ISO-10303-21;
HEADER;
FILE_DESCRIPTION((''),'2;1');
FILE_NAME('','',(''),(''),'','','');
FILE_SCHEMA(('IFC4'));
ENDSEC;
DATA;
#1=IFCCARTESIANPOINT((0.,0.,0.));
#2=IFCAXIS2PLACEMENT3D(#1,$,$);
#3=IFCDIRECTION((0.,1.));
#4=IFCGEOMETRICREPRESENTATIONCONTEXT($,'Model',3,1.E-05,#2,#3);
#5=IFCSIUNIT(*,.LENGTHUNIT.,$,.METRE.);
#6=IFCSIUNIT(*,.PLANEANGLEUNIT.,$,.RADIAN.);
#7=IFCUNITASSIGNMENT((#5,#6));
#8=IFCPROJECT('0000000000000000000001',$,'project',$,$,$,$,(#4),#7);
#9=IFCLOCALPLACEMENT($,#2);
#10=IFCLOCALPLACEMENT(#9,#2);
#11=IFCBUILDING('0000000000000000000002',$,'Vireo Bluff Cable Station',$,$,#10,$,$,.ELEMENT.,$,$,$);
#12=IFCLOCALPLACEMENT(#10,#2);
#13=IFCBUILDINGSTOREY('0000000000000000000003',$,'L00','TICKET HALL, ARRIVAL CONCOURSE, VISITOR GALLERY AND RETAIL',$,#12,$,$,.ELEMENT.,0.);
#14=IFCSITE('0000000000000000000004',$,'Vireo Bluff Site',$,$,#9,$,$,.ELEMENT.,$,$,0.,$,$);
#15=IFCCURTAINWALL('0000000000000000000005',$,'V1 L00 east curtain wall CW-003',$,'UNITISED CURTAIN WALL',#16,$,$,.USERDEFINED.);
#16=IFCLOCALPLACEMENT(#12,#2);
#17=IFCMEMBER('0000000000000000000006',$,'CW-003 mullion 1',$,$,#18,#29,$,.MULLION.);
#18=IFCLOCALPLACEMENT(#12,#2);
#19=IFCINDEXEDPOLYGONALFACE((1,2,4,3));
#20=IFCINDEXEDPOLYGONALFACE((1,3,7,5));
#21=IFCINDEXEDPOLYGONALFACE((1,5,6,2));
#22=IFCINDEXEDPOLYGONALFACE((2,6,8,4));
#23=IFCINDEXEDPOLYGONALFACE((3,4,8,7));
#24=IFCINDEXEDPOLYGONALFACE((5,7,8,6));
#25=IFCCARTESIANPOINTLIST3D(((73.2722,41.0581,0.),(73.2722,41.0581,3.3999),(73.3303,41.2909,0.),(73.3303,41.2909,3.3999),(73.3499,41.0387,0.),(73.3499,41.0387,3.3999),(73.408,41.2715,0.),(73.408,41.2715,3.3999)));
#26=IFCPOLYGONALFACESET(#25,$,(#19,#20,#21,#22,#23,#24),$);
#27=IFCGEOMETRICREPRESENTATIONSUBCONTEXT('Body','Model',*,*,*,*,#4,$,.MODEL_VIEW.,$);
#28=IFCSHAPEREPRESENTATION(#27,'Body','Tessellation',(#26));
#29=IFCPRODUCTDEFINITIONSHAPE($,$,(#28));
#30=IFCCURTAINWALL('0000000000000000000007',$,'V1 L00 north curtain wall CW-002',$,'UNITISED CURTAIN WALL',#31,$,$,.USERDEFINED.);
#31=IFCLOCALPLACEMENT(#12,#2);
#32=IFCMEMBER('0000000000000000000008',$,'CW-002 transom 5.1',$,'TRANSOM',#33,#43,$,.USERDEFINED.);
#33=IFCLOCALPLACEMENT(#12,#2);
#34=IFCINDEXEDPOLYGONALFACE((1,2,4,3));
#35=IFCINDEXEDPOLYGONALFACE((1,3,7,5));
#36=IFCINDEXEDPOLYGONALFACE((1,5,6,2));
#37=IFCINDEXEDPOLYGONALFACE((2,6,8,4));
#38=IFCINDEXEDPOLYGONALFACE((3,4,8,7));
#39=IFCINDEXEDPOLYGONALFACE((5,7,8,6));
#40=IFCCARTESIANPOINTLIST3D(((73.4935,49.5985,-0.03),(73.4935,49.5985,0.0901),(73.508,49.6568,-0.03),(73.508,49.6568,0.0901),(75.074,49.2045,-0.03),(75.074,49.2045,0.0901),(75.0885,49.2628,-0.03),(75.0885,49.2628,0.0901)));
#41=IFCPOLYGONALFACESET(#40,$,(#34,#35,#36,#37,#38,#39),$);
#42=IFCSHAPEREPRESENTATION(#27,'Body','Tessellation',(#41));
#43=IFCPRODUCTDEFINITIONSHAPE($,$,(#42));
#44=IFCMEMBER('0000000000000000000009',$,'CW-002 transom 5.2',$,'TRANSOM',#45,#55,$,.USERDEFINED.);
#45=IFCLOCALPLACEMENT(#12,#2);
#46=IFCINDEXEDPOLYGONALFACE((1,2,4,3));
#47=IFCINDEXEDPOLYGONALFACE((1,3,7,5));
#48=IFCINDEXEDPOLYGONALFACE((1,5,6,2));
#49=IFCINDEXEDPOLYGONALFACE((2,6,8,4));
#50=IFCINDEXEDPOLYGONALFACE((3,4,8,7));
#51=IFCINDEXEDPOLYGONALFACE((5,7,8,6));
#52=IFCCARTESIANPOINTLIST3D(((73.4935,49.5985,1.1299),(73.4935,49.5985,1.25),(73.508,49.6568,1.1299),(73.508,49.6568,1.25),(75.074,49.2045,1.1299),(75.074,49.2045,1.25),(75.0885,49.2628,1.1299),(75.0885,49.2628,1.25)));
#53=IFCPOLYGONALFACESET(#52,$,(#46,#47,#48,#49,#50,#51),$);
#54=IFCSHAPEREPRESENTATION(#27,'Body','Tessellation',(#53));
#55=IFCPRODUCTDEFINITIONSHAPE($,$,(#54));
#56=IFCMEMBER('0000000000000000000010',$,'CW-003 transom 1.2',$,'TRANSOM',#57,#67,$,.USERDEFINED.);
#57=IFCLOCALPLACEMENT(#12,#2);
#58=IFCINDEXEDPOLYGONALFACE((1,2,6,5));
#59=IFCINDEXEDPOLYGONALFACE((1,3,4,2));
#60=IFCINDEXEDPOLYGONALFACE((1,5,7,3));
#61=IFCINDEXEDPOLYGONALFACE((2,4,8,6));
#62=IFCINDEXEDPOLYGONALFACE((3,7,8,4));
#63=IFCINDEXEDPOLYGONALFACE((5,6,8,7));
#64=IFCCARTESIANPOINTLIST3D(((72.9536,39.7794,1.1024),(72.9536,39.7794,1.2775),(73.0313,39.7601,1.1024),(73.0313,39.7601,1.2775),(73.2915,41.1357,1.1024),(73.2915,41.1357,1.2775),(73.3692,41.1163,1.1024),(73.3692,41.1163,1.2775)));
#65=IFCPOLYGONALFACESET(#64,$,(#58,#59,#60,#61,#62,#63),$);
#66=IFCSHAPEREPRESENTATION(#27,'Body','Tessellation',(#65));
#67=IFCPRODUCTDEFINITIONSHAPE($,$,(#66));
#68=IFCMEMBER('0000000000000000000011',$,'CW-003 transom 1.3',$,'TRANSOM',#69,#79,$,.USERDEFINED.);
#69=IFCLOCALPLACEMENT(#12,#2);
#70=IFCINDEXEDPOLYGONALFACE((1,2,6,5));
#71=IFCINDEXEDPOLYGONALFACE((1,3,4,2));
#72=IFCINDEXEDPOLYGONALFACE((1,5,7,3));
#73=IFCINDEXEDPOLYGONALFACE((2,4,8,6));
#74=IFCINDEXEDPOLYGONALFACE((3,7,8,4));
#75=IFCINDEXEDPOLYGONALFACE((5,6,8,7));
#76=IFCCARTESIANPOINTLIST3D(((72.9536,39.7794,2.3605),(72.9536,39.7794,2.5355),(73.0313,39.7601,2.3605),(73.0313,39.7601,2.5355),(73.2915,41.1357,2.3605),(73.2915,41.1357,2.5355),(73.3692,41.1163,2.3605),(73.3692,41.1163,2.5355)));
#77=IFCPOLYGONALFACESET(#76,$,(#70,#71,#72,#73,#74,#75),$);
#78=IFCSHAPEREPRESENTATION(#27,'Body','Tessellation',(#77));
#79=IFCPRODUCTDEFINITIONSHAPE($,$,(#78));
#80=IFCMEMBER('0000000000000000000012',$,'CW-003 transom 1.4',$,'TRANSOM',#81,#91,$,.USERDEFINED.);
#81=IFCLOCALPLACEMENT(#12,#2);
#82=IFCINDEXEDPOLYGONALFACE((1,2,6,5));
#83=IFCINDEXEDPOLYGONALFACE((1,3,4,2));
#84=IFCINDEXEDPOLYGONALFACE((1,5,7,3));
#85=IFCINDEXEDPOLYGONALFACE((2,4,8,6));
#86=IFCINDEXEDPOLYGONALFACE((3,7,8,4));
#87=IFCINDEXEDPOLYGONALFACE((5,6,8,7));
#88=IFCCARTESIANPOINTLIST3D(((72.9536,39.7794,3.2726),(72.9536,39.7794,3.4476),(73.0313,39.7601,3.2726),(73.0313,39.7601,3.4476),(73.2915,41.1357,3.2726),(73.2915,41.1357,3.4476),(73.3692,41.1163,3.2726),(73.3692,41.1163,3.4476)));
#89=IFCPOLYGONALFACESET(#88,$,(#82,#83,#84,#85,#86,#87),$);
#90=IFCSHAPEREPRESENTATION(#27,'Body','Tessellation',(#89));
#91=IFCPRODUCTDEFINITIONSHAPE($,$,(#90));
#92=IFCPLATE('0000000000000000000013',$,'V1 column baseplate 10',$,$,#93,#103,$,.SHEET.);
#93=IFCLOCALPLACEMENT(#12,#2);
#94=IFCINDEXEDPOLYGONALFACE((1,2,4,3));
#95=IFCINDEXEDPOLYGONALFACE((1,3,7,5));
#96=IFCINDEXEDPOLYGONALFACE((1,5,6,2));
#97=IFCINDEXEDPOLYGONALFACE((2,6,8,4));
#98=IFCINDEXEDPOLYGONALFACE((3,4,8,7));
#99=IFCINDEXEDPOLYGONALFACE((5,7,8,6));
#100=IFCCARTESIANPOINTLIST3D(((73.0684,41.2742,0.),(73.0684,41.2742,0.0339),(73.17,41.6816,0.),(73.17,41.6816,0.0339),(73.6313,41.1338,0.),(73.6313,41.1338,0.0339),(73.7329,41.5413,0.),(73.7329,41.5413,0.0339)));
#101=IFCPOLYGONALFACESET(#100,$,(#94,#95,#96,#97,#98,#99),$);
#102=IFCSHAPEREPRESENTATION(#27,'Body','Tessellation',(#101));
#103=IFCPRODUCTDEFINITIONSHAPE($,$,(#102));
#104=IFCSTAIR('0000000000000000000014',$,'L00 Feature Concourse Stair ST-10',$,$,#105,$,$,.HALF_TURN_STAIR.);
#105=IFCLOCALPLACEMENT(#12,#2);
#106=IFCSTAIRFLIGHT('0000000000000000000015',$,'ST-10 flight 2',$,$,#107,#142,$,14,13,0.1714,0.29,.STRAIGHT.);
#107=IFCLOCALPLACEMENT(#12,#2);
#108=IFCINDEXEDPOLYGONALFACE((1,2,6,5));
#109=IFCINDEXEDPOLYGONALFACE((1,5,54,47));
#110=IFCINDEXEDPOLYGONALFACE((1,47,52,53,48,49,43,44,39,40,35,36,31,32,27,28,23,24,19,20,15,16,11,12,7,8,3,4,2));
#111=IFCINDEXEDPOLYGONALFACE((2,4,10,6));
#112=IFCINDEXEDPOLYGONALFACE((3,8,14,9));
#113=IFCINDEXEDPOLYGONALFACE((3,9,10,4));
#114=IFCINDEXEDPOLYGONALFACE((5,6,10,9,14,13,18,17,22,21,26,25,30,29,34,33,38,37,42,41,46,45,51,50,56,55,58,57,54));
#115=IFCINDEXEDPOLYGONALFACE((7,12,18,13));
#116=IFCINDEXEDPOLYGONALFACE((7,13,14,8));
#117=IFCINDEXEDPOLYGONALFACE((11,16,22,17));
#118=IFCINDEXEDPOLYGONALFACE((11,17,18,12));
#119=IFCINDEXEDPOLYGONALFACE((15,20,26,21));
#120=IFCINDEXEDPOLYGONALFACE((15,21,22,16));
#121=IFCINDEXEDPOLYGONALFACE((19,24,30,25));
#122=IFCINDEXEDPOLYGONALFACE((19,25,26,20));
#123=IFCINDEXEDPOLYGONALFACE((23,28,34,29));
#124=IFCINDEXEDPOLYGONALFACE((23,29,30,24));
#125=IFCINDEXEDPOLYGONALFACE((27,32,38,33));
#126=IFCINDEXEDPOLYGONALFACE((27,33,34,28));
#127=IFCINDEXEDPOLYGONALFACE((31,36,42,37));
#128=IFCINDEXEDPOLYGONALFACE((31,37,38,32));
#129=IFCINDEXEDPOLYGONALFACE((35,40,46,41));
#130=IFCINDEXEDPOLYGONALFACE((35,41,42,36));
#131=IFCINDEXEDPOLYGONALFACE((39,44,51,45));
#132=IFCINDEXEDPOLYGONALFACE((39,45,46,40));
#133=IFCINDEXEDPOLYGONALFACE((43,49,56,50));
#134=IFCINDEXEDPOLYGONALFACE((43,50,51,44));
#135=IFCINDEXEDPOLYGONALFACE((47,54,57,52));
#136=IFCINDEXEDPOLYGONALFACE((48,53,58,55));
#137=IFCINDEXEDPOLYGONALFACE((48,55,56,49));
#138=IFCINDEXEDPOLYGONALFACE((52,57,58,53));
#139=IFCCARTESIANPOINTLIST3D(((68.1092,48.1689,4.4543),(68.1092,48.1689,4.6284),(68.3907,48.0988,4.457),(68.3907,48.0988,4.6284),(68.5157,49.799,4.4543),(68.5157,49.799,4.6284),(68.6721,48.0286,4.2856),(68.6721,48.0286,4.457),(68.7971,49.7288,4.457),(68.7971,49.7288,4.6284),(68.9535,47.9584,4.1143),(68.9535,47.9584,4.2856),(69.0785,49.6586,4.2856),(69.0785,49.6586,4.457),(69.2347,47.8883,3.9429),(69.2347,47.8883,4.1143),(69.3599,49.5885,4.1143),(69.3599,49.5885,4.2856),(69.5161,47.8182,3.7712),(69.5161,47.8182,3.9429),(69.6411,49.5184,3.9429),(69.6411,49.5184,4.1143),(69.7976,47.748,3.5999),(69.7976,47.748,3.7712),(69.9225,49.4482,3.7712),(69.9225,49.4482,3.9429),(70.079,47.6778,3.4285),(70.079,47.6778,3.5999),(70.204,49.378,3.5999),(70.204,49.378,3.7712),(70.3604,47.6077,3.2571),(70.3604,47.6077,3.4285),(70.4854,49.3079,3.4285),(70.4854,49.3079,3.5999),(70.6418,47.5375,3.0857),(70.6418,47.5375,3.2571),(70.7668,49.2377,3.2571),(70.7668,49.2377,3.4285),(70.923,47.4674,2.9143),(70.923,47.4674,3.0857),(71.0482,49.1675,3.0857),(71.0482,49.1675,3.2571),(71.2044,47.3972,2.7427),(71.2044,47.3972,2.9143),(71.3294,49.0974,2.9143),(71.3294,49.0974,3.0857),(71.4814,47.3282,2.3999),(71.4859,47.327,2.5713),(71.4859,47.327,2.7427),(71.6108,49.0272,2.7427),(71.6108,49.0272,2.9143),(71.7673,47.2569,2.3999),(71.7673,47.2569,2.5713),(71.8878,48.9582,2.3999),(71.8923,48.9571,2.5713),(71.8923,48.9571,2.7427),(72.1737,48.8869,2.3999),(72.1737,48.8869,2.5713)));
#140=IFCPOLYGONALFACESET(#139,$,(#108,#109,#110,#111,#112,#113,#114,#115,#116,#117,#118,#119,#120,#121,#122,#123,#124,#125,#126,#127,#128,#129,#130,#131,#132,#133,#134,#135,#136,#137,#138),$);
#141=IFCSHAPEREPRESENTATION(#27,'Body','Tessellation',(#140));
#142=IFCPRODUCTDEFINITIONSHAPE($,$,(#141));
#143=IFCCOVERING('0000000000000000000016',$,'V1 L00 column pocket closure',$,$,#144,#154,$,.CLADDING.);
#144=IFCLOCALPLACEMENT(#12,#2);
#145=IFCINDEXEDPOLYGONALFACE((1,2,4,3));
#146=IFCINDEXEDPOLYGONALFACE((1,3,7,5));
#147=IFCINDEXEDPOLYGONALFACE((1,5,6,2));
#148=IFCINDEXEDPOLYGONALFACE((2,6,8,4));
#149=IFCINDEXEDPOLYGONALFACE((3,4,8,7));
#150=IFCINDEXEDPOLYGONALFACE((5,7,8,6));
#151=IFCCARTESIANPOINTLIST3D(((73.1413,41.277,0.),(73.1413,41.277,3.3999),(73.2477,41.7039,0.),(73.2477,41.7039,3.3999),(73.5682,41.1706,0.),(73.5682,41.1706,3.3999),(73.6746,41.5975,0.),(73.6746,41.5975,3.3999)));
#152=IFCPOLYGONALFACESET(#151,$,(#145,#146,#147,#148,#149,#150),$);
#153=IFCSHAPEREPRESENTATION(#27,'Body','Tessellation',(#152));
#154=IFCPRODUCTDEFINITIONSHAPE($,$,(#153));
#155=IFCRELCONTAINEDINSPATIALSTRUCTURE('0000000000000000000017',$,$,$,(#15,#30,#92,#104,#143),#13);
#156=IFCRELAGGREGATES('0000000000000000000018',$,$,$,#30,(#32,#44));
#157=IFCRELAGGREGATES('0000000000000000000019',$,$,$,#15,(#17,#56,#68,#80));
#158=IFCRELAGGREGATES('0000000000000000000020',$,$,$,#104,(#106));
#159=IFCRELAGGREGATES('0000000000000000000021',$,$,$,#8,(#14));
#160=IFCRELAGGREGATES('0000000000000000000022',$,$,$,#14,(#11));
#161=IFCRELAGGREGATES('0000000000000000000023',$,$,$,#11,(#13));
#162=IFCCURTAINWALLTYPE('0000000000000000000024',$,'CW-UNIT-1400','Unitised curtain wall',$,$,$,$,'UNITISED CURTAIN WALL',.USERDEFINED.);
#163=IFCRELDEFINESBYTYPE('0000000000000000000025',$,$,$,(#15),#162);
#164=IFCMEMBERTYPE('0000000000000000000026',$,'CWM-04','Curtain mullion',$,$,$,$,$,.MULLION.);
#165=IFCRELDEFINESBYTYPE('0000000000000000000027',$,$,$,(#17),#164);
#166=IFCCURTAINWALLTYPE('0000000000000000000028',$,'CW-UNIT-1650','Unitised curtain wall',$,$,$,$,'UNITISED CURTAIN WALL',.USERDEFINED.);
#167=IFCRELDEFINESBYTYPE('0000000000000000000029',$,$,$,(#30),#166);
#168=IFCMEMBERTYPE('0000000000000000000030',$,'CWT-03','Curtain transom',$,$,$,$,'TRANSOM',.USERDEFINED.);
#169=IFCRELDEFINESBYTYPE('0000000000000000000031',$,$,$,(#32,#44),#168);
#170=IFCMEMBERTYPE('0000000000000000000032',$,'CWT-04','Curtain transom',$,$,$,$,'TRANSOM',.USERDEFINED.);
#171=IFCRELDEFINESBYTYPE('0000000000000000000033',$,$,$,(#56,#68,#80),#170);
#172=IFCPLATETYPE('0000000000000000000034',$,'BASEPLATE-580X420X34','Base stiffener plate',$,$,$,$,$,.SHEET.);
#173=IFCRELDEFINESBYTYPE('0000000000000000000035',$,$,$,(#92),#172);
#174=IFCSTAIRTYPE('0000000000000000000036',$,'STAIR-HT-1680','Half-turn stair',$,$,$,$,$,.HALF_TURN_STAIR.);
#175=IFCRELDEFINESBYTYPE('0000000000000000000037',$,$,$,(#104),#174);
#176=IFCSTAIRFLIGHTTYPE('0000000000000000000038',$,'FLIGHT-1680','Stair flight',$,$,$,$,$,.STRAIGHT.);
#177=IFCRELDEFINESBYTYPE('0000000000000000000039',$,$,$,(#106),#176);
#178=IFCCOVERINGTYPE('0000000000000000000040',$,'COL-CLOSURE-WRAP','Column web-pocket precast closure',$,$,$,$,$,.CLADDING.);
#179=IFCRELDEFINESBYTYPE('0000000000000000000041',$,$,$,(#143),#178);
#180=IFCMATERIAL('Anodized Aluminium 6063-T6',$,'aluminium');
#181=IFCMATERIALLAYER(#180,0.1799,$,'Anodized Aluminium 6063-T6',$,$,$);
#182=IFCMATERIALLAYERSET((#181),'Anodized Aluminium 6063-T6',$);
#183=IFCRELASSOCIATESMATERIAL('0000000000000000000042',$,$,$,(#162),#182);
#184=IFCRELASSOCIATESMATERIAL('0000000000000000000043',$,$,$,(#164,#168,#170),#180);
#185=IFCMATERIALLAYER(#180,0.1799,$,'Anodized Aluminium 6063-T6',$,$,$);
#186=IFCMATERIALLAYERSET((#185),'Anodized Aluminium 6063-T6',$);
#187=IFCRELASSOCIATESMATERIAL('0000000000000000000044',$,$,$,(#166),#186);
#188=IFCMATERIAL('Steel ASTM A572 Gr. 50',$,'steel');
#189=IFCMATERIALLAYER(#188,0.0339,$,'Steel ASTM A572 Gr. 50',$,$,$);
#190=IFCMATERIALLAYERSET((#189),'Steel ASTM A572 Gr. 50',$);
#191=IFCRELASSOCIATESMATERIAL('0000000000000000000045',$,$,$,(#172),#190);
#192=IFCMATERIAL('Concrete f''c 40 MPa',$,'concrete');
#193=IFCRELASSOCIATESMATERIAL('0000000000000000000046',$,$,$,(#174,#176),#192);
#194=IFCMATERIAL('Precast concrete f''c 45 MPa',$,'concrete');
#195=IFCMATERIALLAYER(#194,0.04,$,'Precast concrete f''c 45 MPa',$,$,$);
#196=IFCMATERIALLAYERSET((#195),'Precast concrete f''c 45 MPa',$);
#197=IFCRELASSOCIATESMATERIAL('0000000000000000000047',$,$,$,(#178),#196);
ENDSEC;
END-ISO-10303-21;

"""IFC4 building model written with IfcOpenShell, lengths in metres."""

from ifc_helpers import new_model, si_unit, direction, frame, origin, origin_2d, place, context, subcontext, project, spatial, polyline, rectangle, outline, extrude, material, layer, layer_set, material_profile, profile_set, type_object, element, aggregate, save


model = new_model("IFC4")

# Units and contexts
model_context = context("Model", 3, precision=1e-05, world=origin(), true_north=direction((0.0, 1.0)))
body_context = subcontext(model_context, "Body", "Model", "MODEL_VIEW")
ifc_project = project(units=[si_unit("LENGTHUNIT", "METRE"), si_unit("PLANEANGLEUNIT", "RADIAN")], contexts=[model_context])

# Site, building, storey
site_placement = place(None, origin())
site = spatial("IfcSite", under=ifc_project, at=site_placement, Name="Vireo Bluff Site", CompositionType="ELEMENT", RefElevation=0.0)
building_placement = place(site_placement, origin())
building = spatial("IfcBuilding", under=site, at=building_placement, Name="Vireo Bluff Cable Station", CompositionType="ELEMENT")
storey_placement = place(building_placement, origin())
storey = spatial("IfcBuildingStorey", under=building, at=storey_placement, Name="L00", Description="TICKET HALL, ARRIVAL CONCOURSE, VISITOR GALLERY AND RETAIL", CompositionType="ELEMENT", Elevation=0.0)

# Shared definitions
ifc_material_1 = material(Name="Concrete f'c 40 MPa", Category="concrete")

# Curtain wall, member
ifc_material_2 = material(Name="Anodized Aluminium 6063-T6", Category="aluminium")
ifc_layer_1 = layer(ifc_material_2, 0.1799, Name="Anodized Aluminium 6063-T6")
ifc_layer_set_1 = layer_set([ifc_layer_1], Name="Anodized Aluminium 6063-T6")
curtain_wall_type_1 = type_object("IfcCurtainWallType", Name="CW-UNIT-1400", Description="Unitised curtain wall", ElementType="UNITISED CURTAIN WALL", PredefinedType="USERDEFINED", material=ifc_layer_set_1)
curtain_wall_1_placement = place(storey_placement, origin())
curtain_wall_1 = element("IfcCurtainWall", 1, at=curtain_wall_1_placement, inside=storey, type_object=curtain_wall_type_1, Name="V1 L00 east curtain wall CW-003", ObjectType="UNITISED CURTAIN WALL", PredefinedType="USERDEFINED")
ifc_material_profile_1 = material_profile(ifc_material_2, rectangle(XDim=0.0801, YDim=0.24, at=origin_2d()), Name="ALU-M-80X240")
ifc_profile_set_1 = profile_set([ifc_material_profile_1], Name="Anodized Aluminium 6063-T6")
member_type_1 = type_object("IfcMemberType", Name="CWM-04", Description="Curtain mullion", PredefinedType="MULLION", material=ifc_profile_set_1)
member_1_placement = place(storey_placement, frame((73.3401, 41.1648, 0.0), z_axis=(0.0, 0.0, 1.0), x_axis=(0.970296, -0.241922, 0.0)))
member_1 = element("IfcMember", 2, at=member_1_placement, type_object=member_type_1, Name="CW-003 mullion 1", PredefinedType="MULLION", context=body_context, shape_type="SweptSolid", body=[
    extrude(rectangle(XDim=0.0801, YDim=0.24, at=origin_2d()), origin(), (0.0, 0.0, 1.0), 3.3999),
])

# Curtain wall, members
ifc_layer_2 = layer(ifc_material_2, 0.1799, Name="Anodized Aluminium 6063-T6")
ifc_layer_set_2 = layer_set([ifc_layer_2], Name="Anodized Aluminium 6063-T6")
curtain_wall_type_2 = type_object("IfcCurtainWallType", Name="CW-UNIT-1650", Description="Unitised curtain wall", ElementType="UNITISED CURTAIN WALL", PredefinedType="USERDEFINED", material=ifc_layer_set_2)
curtain_wall_2_placement = place(storey_placement, origin())
curtain_wall_2 = element("IfcCurtainWall", 3, at=curtain_wall_2_placement, inside=storey, type_object=curtain_wall_type_2, Name="V1 L00 north curtain wall CW-002", ObjectType="UNITISED CURTAIN WALL", PredefinedType="USERDEFINED")
ifc_material_profile_2 = material_profile(ifc_material_2, rectangle(XDim=0.0601, YDim=0.1201, at=origin_2d()), Name="ALU-T-60X120")
ifc_profile_set_2 = profile_set([ifc_material_profile_2], Name="Anodized Aluminium 6063-T6")
member_type_2 = type_object("IfcMemberType", Name="CWT-03", Description="Curtain transom", ElementType="TRANSOM", PredefinedType="USERDEFINED", material=ifc_profile_set_2)
member_2_placement = place(storey_placement, frame((73.5007, 49.6277, 0.03), z_axis=(0.970301, -0.241901, 0.0), x_axis=(0.241901, 0.970301, 0.0)))
member_2 = element("IfcMember", 4, at=member_2_placement, type_object=member_type_2, Name="CW-002 transom 5.1", ObjectType="TRANSOM", PredefinedType="USERDEFINED", context=body_context, shape_type="SweptSolid", body=[
    extrude(rectangle(XDim=0.0601, YDim=0.1201, at=origin_2d()), origin(), (0.0, 0.0, 1.0), 1.6289),
])
member_3_placement = place(storey_placement, frame((73.5007, 49.6277, 1.1899), z_axis=(0.970301, -0.241901, 0.0), x_axis=(0.241901, 0.970301, 0.0)))
member_3 = element("IfcMember", 5, at=member_3_placement, type_object=member_type_2, Name="CW-002 transom 5.2", ObjectType="TRANSOM", PredefinedType="USERDEFINED", context=body_context, shape_type="SweptSolid", body=[
    extrude(rectangle(XDim=0.0601, YDim=0.1201, at=origin_2d()), origin(), (0.0, 0.0, 1.0), 1.6289),
])
aggregate(curtain_wall_2, [member_2, member_3])

# Members
ifc_material_profile_3 = material_profile(ifc_material_2, rectangle(XDim=0.0801, YDim=0.175, at=origin_2d()), Name="ALU-T-80X175")
ifc_profile_set_3 = profile_set([ifc_material_profile_3], Name="Anodized Aluminium 6063-T6")
member_type_3 = type_object("IfcMemberType", Name="CWT-04", Description="Curtain transom", ElementType="TRANSOM", PredefinedType="USERDEFINED", material=ifc_profile_set_3)
member_4_placement = place(storey_placement, frame((73.3303, 41.126, 1.1899), z_axis=(-0.241755, -0.970337, 0.0), x_axis=(0.970337, -0.241755, 0.0)))
member_4 = element("IfcMember", 6, at=member_4_placement, type_object=member_type_3, Name="CW-003 transom 1.2", ObjectType="TRANSOM", PredefinedType="USERDEFINED", context=body_context, shape_type="SweptSolid", body=[
    extrude(rectangle(XDim=0.0801, YDim=0.175, at=origin_2d()), origin(), (0.0, 0.0, 1.0), 1.3977),
])
member_5_placement = place(storey_placement, frame((73.3303, 41.126, 2.448), z_axis=(-0.241755, -0.970337, 0.0), x_axis=(0.970337, -0.241755, 0.0)))
member_5 = element("IfcMember", 7, at=member_5_placement, type_object=member_type_3, Name="CW-003 transom 1.3", ObjectType="TRANSOM", PredefinedType="USERDEFINED", context=body_context, shape_type="SweptSolid", body=[
    extrude(rectangle(XDim=0.0801, YDim=0.175, at=origin_2d()), origin(), (0.0, 0.0, 1.0), 1.3977),
])
member_6_placement = place(storey_placement, frame((73.3303, 41.126, 3.3601), z_axis=(-0.241755, -0.970337, 0.0), x_axis=(0.970337, -0.241755, 0.0)))
member_6 = element("IfcMember", 8, at=member_6_placement, type_object=member_type_3, Name="CW-003 transom 1.4", ObjectType="TRANSOM", PredefinedType="USERDEFINED", context=body_context, shape_type="SweptSolid", body=[
    extrude(rectangle(XDim=0.0801, YDim=0.175, at=origin_2d()), origin(), (0.0, 0.0, 1.0), 1.3977),
])
aggregate(curtain_wall_1, [member_1, member_4, member_5, member_6])

# Plate
ifc_material_3 = material(Name="Steel ASTM A572 Gr. 50", Category="steel")
ifc_layer_3 = layer(ifc_material_3, 0.0339, Name="Steel ASTM A572 Gr. 50")
ifc_layer_set_3 = layer_set([ifc_layer_3], Name="Steel ASTM A572 Gr. 50")
plate_type = type_object("IfcPlateType", Name="BASEPLATE-580X420X34", Description="Base stiffener plate", PredefinedType="SHEET", material=ifc_layer_set_3)
plate_placement = place(storey_placement, frame((73.4006, 41.4077, 0.0), z_axis=(0.0, 0.0, 1.0), x_axis=(0.970296, -0.241922, 0.0)))
element("IfcPlate", 9, at=plate_placement, inside=storey, type_object=plate_type, Name="V1 column baseplate 10", PredefinedType="SHEET", context=body_context, shape_type="SweptSolid", body=[
    extrude(rectangle(XDim=0.5801, YDim=0.4199, at=origin_2d()), origin(), (0.0, 0.0, 1.0), 0.0339),
])

# Stair, stair flight
stair_type = type_object("IfcStairType", Name="STAIR-HT-1680", Description="Half-turn stair", PredefinedType="HALF_TURN_STAIR", material=ifc_material_1)
stair_placement = place(storey_placement, origin())
stair = element("IfcStair", 10, at=stair_placement, inside=storey, type_object=stair_type, Name="L00 Feature Concourse Stair ST-10", PredefinedType="HALF_TURN_STAIR")
stair_flight_type = type_object("IfcStairFlightType", Name="FLIGHT-1680", Description="Stair flight", PredefinedType="STRAIGHT", material=ifc_material_1)
stair_flight_placement = place(storey_placement, frame((71.9705, 48.0718, 2.3999), z_axis=(0.0, 0.0, 1.0), x_axis=(-0.970296, 0.241922, 0.0)))
stair_flight = element("IfcStairFlight", 11, at=stair_flight_placement, type_object=stair_flight_type, Name="ST-10 flight 2", NumberOfRisers=14, NumberOfTreads=13, PredefinedType="STRAIGHT", RiserHeight=0.1714, TreadLength=0.29, context=body_context, shape_type="SweptSolid", body=[
    extrude(outline(polyline([(0.0, 0.0), (0.0, 0.1714), (0.29, 0.1714), (0.29, 0.3428), (0.5801, 0.3428), (0.5801, 0.5144), (0.8701, 0.5144), (0.8701, 0.6858), (1.1599, 0.6858), (1.1599, 0.8572), (1.45, 0.8572), (1.45, 1.0286), (1.74, 1.0286), (1.74, 1.2), (2.03, 1.2), (2.03, 1.3713), (2.3201, 1.3713), (2.3201, 1.543), (2.6101, 1.543), (2.6101, 1.7144), (2.8999, 1.7144), (2.8999, 1.8857), (3.1899, 1.8857), (3.1899, 2.0571), (3.48, 2.0571), (3.48, 2.2285), (3.77, 2.2285), (3.77, 2.3999), (3.77, 2.0544), (0.2947, 0.0), (0.0, 0.0)])), frame((0.0, 0.8398, 0.0), z_axis=(0.0, -1.0, 0.0), x_axis=(1.0, 0.0, 0.0)), (0.0, 0.0, 1.0), 1.6799),
])
aggregate(stair, [stair_flight])

# Covering
ifc_material_4 = material(Name="Precast concrete f'c 45 MPa", Category="concrete")
ifc_layer_4 = layer(ifc_material_4, 0.04, Name="Precast concrete f'c 45 MPa")
ifc_layer_set_4 = layer_set([ifc_layer_4], Name="Precast concrete f'c 45 MPa")
covering_type = type_object("IfcCoveringType", Name="COL-CLOSURE-WRAP", Description="Column web-pocket precast closure", PredefinedType="CLADDING", material=ifc_layer_set_4)
covering_placement = place(storey_placement, frame((73.408, 41.4373, 0.0), z_axis=(0.0, 0.0, 1.0), x_axis=(0.970296, -0.241922, 0.0)))
element("IfcCovering", 12, at=covering_placement, inside=storey, type_object=covering_type, Name="V1 L00 column pocket closure", PredefinedType="CLADDING", context=body_context, shape_type="SweptSolid", body=[
    extrude(rectangle(XDim=0.4399, YDim=0.4399, at=origin_2d()), origin(), (0.0, 0.0, 1.0), 3.3999),
])

save(model, "model.ifc")
